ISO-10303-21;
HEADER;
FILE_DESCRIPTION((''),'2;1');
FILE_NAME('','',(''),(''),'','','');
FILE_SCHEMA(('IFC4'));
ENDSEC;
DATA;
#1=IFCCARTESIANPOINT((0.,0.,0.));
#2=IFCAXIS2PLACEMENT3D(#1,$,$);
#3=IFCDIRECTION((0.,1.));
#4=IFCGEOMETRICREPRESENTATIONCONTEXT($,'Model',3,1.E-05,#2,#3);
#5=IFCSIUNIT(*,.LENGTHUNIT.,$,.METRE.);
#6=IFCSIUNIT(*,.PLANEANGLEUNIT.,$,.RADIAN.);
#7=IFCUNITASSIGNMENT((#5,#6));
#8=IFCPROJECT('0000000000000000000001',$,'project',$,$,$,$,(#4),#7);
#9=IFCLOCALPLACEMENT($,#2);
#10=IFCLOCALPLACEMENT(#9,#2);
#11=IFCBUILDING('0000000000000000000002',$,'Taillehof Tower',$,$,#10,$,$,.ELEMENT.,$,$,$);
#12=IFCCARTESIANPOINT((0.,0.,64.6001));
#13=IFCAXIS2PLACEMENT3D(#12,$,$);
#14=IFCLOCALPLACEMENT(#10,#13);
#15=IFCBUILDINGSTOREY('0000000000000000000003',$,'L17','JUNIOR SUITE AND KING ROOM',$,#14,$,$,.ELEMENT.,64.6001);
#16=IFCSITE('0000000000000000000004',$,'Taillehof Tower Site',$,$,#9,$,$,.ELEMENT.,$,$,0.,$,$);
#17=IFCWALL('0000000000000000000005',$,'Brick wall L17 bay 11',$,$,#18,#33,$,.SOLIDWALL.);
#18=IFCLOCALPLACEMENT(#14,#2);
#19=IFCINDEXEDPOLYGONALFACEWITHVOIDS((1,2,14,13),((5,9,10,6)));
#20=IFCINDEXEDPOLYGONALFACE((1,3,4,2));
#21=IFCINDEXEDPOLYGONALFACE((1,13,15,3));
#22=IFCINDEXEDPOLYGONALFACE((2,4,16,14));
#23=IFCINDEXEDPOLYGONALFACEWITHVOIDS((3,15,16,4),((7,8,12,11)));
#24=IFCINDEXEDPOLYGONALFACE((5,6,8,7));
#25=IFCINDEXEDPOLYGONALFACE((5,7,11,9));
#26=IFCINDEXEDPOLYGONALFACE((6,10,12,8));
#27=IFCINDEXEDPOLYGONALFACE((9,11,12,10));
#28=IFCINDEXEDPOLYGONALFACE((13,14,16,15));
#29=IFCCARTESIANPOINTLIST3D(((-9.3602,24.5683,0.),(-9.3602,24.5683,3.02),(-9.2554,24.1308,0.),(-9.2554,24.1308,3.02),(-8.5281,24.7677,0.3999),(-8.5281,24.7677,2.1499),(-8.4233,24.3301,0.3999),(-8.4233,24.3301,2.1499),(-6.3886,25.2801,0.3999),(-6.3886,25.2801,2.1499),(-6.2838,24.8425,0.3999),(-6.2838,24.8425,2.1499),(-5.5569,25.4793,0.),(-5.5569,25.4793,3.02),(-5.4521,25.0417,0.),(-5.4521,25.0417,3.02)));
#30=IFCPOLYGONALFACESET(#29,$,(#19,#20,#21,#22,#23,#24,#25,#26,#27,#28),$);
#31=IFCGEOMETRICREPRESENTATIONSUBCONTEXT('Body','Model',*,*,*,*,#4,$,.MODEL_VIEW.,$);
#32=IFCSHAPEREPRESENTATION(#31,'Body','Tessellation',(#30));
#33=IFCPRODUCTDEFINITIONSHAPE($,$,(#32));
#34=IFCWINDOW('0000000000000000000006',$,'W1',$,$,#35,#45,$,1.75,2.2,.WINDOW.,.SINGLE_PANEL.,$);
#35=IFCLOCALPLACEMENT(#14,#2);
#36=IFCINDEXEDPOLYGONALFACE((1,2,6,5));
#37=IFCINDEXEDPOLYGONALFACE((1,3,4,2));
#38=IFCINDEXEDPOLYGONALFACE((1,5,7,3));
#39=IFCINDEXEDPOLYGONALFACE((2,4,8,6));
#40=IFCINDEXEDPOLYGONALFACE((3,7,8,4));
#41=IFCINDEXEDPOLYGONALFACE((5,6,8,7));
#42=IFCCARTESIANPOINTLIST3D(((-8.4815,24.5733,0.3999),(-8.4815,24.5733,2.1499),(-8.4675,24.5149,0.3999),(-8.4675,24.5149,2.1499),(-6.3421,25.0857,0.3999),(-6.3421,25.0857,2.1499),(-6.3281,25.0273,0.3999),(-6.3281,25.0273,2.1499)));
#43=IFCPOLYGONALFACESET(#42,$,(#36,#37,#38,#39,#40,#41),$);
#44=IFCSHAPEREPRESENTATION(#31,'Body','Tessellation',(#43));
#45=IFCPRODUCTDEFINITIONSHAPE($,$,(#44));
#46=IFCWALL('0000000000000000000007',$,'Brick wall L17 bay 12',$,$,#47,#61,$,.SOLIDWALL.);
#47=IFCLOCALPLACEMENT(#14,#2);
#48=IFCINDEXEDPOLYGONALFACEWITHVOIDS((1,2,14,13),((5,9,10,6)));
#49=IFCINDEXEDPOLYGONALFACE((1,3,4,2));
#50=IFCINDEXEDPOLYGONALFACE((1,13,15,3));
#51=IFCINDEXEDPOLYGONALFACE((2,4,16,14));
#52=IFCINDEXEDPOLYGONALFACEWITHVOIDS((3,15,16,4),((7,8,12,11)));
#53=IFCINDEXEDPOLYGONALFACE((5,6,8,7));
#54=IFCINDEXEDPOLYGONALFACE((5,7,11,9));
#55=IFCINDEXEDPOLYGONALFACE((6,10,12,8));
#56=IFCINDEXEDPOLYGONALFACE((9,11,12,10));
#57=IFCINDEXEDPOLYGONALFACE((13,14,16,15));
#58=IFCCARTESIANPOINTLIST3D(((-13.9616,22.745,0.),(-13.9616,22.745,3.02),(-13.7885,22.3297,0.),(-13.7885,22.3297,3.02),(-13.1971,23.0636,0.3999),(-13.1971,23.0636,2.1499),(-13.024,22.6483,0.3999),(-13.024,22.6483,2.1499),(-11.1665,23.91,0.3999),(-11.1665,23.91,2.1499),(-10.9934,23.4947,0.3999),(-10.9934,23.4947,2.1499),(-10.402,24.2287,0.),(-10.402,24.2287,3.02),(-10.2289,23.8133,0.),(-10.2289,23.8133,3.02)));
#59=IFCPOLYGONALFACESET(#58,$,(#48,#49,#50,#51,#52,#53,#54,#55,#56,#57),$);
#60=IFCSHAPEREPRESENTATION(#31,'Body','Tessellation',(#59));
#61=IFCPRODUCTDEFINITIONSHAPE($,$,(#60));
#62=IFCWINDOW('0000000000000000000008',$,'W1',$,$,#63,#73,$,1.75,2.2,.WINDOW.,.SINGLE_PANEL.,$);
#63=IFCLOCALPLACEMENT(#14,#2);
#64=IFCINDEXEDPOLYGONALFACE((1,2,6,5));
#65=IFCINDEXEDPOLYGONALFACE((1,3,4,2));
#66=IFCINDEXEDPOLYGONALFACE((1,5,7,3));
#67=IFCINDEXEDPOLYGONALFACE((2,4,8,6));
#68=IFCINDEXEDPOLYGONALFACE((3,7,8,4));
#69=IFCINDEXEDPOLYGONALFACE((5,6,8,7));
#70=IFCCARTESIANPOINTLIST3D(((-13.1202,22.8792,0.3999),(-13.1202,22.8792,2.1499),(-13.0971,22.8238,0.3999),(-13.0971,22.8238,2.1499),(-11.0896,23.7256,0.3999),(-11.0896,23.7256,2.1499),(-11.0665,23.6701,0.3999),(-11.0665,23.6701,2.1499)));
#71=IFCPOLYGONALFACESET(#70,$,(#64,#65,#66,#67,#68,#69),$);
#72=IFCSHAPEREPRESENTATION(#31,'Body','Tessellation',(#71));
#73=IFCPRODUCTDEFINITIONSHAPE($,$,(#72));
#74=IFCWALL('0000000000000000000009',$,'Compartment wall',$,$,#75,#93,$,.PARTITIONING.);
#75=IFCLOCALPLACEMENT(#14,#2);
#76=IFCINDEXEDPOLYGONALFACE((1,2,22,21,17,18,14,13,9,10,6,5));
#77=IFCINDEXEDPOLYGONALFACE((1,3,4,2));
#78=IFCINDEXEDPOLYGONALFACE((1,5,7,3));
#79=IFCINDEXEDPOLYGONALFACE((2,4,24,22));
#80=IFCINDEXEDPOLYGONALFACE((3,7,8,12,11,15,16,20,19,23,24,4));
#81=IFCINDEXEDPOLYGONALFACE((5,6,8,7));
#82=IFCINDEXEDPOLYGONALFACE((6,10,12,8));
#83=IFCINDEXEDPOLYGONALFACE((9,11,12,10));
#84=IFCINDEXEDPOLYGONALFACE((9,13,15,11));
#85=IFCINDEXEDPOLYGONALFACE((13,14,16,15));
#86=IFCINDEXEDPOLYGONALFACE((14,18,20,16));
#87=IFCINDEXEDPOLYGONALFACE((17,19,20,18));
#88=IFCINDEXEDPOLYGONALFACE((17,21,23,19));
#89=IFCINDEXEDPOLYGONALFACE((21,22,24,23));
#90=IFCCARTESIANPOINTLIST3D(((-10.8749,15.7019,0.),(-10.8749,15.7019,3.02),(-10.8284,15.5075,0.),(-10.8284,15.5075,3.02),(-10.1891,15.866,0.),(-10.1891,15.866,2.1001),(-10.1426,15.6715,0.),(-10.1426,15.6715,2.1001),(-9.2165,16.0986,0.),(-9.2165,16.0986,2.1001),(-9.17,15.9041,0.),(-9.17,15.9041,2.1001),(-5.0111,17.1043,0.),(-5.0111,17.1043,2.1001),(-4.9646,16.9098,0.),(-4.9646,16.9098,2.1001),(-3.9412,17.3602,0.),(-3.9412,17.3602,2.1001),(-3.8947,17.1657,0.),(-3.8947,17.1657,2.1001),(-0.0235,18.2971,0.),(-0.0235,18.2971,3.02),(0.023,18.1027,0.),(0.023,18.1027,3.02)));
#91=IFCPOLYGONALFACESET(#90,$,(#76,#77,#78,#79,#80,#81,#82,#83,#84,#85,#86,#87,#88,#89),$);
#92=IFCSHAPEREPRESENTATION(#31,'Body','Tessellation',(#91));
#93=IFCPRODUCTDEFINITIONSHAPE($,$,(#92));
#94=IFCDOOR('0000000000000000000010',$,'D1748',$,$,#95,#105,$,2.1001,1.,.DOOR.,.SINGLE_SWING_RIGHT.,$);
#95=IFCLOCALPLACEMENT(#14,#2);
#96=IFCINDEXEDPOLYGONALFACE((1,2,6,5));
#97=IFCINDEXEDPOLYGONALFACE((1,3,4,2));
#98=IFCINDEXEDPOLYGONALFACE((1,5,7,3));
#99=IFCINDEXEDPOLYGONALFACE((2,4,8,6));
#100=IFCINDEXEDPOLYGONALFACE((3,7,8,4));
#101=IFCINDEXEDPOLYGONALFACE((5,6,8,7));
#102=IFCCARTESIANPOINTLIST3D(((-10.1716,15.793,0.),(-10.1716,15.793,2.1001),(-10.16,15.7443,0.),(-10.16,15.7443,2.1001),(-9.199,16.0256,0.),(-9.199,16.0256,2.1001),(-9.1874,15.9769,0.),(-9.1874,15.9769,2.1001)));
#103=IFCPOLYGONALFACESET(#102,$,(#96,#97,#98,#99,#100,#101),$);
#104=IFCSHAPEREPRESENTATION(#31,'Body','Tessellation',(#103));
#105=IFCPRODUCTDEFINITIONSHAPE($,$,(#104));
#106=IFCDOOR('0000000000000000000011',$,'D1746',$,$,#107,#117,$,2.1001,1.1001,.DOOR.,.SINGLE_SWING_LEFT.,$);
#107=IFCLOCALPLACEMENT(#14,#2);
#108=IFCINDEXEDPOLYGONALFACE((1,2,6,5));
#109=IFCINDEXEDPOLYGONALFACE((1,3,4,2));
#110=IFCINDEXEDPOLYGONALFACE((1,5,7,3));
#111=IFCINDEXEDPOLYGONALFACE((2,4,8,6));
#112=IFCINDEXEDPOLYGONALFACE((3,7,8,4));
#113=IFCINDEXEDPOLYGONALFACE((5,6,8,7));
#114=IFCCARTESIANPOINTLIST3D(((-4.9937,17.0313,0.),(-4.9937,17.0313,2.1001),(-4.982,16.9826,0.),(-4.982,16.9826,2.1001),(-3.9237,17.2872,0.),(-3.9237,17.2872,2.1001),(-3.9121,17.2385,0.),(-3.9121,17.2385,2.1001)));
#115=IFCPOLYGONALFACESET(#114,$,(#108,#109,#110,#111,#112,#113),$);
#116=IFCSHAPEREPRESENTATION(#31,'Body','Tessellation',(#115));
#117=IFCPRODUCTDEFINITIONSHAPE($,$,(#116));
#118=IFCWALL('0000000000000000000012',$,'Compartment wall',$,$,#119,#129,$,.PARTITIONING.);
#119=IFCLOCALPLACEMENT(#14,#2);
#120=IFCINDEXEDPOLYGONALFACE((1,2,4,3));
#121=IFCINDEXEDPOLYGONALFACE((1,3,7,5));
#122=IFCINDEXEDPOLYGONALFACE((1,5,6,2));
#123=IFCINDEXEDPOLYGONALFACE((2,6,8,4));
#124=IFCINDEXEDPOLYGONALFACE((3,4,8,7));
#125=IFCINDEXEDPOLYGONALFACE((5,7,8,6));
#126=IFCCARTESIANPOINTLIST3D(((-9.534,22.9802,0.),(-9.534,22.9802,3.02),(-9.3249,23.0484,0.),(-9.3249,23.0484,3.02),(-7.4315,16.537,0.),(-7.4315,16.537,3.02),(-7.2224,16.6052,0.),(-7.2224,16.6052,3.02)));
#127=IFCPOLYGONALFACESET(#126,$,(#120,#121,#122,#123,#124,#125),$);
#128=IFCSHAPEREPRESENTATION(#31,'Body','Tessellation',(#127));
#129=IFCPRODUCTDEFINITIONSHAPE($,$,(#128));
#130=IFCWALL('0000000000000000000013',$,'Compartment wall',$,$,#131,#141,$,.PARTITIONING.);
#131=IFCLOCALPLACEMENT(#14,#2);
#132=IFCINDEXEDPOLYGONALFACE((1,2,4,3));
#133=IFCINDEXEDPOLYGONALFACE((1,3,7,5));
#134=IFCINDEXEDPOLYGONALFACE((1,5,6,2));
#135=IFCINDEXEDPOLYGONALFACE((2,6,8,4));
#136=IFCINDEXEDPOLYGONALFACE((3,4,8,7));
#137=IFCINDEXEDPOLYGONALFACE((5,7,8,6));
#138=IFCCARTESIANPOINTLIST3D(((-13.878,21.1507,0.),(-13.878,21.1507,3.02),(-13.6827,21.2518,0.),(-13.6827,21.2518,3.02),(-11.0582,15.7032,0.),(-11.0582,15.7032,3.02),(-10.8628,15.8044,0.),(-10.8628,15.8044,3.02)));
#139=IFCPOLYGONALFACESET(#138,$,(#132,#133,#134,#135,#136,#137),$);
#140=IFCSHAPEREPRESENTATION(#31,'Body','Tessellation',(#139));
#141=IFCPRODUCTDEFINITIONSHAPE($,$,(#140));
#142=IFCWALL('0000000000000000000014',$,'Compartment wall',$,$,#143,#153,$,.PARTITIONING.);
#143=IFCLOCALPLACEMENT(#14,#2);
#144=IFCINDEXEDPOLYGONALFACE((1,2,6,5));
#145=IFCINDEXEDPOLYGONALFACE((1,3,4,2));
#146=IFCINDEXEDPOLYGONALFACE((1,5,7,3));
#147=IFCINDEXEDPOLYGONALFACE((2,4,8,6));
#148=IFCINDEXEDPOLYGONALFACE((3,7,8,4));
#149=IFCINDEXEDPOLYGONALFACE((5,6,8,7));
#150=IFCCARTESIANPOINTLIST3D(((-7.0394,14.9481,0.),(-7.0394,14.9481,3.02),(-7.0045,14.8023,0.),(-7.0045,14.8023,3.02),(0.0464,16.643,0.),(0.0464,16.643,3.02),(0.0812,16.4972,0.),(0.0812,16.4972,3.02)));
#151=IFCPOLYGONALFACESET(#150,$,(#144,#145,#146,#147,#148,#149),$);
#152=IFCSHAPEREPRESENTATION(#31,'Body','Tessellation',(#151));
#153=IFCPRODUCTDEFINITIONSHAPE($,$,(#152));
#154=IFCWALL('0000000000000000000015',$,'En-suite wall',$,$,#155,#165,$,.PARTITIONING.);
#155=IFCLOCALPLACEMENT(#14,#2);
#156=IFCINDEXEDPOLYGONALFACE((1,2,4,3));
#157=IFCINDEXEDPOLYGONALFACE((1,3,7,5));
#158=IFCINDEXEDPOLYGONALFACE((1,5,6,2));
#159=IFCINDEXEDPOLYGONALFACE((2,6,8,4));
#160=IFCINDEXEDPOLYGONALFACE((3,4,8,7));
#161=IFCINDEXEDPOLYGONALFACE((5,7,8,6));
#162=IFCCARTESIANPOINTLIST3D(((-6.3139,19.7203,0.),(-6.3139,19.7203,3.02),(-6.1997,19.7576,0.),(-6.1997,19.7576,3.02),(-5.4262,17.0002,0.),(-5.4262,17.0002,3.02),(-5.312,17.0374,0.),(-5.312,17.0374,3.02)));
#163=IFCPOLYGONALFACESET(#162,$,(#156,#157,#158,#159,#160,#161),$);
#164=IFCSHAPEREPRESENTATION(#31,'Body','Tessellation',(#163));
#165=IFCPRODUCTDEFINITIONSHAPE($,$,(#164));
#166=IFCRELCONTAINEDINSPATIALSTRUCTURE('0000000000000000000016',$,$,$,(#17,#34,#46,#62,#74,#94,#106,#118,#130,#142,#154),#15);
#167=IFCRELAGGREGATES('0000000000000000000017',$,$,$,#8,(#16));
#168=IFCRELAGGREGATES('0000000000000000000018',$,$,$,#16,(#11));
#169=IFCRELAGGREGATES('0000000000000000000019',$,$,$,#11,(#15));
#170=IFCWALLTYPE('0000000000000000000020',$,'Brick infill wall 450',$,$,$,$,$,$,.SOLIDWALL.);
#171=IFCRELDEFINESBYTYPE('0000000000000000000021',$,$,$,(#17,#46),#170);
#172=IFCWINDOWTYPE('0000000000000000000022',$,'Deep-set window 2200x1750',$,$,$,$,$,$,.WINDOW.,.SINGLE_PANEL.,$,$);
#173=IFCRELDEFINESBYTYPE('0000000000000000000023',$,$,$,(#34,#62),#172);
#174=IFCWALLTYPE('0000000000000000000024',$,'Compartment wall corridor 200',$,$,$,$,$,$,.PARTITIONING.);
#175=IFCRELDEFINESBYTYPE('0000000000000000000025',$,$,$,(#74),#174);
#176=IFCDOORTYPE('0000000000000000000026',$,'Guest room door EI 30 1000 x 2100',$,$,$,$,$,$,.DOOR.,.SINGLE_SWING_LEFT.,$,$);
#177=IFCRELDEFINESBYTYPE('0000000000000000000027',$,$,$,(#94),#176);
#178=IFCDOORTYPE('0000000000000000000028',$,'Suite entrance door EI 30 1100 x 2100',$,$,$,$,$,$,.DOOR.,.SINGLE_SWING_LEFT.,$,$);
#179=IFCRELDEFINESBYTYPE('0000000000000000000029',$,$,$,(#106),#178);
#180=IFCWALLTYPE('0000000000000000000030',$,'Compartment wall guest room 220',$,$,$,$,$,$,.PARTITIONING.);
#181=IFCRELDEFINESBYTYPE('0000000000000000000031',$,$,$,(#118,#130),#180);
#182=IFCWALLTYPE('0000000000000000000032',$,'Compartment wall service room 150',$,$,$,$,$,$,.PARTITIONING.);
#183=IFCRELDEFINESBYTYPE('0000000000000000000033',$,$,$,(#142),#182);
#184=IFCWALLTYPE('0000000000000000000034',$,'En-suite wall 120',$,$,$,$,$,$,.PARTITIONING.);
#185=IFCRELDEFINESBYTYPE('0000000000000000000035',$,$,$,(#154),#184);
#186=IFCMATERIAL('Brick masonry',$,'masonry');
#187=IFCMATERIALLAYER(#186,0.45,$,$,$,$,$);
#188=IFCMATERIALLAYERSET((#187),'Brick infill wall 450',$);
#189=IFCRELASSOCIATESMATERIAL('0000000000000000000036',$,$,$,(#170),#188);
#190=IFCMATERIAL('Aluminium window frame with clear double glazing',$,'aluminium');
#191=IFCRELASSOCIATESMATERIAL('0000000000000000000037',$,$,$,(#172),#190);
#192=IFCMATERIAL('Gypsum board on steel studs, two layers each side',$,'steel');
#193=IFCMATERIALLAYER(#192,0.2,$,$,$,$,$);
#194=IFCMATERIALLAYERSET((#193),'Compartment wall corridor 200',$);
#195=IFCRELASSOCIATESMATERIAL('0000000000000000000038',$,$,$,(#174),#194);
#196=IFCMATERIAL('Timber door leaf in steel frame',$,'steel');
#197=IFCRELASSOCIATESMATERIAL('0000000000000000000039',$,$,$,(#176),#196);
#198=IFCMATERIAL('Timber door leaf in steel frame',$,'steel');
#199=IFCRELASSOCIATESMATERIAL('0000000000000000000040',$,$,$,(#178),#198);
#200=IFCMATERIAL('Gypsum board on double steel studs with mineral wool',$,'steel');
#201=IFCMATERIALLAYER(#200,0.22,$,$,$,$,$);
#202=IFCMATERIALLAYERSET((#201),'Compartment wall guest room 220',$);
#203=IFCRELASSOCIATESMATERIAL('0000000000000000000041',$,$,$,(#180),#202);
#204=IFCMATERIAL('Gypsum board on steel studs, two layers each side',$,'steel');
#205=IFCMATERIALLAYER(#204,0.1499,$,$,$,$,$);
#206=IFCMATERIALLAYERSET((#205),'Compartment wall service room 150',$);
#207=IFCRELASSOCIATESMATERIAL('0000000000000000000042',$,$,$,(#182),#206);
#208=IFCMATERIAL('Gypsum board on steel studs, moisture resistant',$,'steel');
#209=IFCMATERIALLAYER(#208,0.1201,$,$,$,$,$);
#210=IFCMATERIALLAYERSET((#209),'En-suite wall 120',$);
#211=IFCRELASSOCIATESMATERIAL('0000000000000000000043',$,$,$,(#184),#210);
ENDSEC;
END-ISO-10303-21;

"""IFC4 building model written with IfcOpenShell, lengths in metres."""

from ifc_helpers import new_model, si_unit, direction, frame, frame_2d, origin, place, context, subcontext, project, spatial, rectangle, extrude, material, layer, layer_set, type_object, element, fill, save


model = new_model("IFC4")

# Units and contexts
model_context = context("Model", 3, precision=1e-05, world=origin(), true_north=direction((0.0, 1.0)))
body_context = subcontext(model_context, "Body", "Model", "MODEL_VIEW")
ifc_project = project(units=[si_unit("LENGTHUNIT", "METRE"), si_unit("PLANEANGLEUNIT", "RADIAN")], contexts=[model_context])

# Site, building, storey
site_placement = place(None, origin())
site = spatial("IfcSite", under=ifc_project, at=site_placement, Name="Taillehof Tower Site", CompositionType="ELEMENT", RefElevation=0.0)
building_placement = place(site_placement, origin())
building = spatial("IfcBuilding", under=site, at=building_placement, Name="Taillehof Tower", CompositionType="ELEMENT")
storey_placement = place(building_placement, frame((0.0, 0.0, 64.6001)))
storey = spatial("IfcBuildingStorey", under=building, at=storey_placement, Name="L17", Description="JUNIOR SUITE AND KING ROOM", CompositionType="ELEMENT", Elevation=64.6001)

# Walls, openings, windows
ifc_material_1 = material(Name="Brick masonry", Category="masonry")
ifc_layer_1 = layer(ifc_material_1, 0.45)
ifc_layer_set_1 = layer_set([ifc_layer_1], Name="Brick infill wall 450")
wall_type_1 = type_object("IfcWallType", Name="Brick infill wall 450", PredefinedType="SOLIDWALL", material=ifc_layer_set_1)
ifc_material_2 = material(Name="Aluminium window frame with clear double glazing", Category="aluminium")
window_type = type_object("IfcWindowType", Name="Deep-set window 2200x1750", PartitioningType="SINGLE_PANEL", PredefinedType="WINDOW", material=ifc_material_2)
wall_1_placement = place(storey_placement, frame((-5.5044, 25.2605, 0.0), z_axis=(0.0, 0.0, 1.0), x_axis=(-0.972497, -0.232917, 0.0)))
wall_1 = element("IfcWall", 1, at=wall_1_placement, inside=storey, type_object=wall_type_1, Name="Brick wall L17 bay 11", PredefinedType="SOLIDWALL", context=body_context, shape_type="SweptSolid", body=[
    extrude(rectangle(XDim=3.9109, YDim=0.45, at=frame_2d((1.9556, 0.0))), origin(), (0.0, 0.0, 1.0), 3.02),
])
opening_1_placement = place(wall_1_placement, frame((0.8552, 0.0, 0.3999)))
opening_1 = element("IfcOpeningElement", 2, at=opening_1_placement, cuts=wall_1, PredefinedType="OPENING", context=body_context, shape_type="SweptSolid", body=[
    extrude(rectangle(XDim=2.2, YDim=1.75, at=frame_2d((1.1001, 0.875))), frame((0.0, 0.2349, 0.0), z_axis=(0.0, -1.0, 0.0), x_axis=(1.0, 0.0, 0.0)), (0.0, 0.0, 1.0), 0.47),
])
window_1_placement = place(opening_1_placement, origin())
window_1 = element("IfcWindow", 3, at=window_1_placement, inside=storey, type_object=window_type, Name="W1", OverallHeight=1.75, OverallWidth=2.2, PartitioningType="SINGLE_PANEL", PredefinedType="WINDOW", context=body_context, shape_type="SweptSolid", body=[
    extrude(rectangle(XDim=2.2, YDim=1.75, at=frame_2d((1.1001, 0.875))), frame((0.0, 0.0349, 0.0), z_axis=(0.0, -1.0, 0.0), x_axis=(1.0, 0.0, 0.0)), (0.0, 0.0, 1.0), 0.0601),
])
fill(opening_1, window_1)
wall_2_placement = place(storey_placement, frame((-10.3154, 24.021, 0.0), z_axis=(0.0, 0.0, 1.0), x_axis=(-0.923032, -0.384723, 0.0)))
wall_2 = element("IfcWall", 4, at=wall_2_placement, inside=storey, type_object=wall_type_1, Name="Brick wall L17 bay 12", PredefinedType="SOLIDWALL", context=body_context, shape_type="SweptSolid", body=[
    extrude(rectangle(XDim=3.8564, YDim=0.45, at=frame_2d((1.9282, 0.0))), origin(), (0.0, 0.0, 1.0), 3.02),
])
opening_2_placement = place(wall_2_placement, frame((0.8281, 0.0, 0.3999)))
opening_2 = element("IfcOpeningElement", 5, at=opening_2_placement, cuts=wall_2, PredefinedType="OPENING", context=body_context, shape_type="SweptSolid", body=[
    extrude(rectangle(XDim=2.2, YDim=1.75, at=frame_2d((1.1001, 0.875))), frame((0.0, 0.2349, 0.0), z_axis=(0.0, -1.0, 0.0), x_axis=(1.0, 0.0, 0.0)), (0.0, 0.0, 1.0), 0.47),
])
window_2_placement = place(opening_2_placement, origin())
window_2 = element("IfcWindow", 6, at=window_2_placement, inside=storey, type_object=window_type, Name="W1", OverallHeight=1.75, OverallWidth=2.2, PartitioningType="SINGLE_PANEL", PredefinedType="WINDOW", context=body_context, shape_type="SweptSolid", body=[
    extrude(rectangle(XDim=2.2, YDim=1.75, at=frame_2d((1.1001, 0.875))), frame((0.0, 0.0349, 0.0), z_axis=(0.0, -1.0, 0.0), x_axis=(1.0, 0.0, 0.0)), (0.0, 0.0, 1.0), 0.0601),
])
fill(opening_2, window_2)

# Wall, openings, doors
ifc_material_3 = material(Name="Gypsum board on steel studs, two layers each side", Category="steel")
ifc_layer_2 = layer(ifc_material_3, 0.2)
ifc_layer_set_2 = layer_set([ifc_layer_2], Name="Compartment wall corridor 200")
wall_type_2 = type_object("IfcWallType", Name="Compartment wall corridor 200", PredefinedType="PARTITIONING", material=ifc_layer_set_2)
wall_3_placement = place(storey_placement, frame((-10.8516, 15.6047, 0.0), z_axis=(0.0, 0.0, 1.0), x_axis=(0.972573, 0.232597, 0.0)))
wall_3 = element("IfcWall", 7, at=wall_3_placement, inside=storey, type_object=wall_type_2, Name="Compartment wall", PredefinedType="PARTITIONING", context=body_context, shape_type="SweptSolid", body=[
    extrude(rectangle(XDim=11.1575, YDim=0.2, at=frame_2d((5.5786, 0.0))), origin(), (0.0, 0.0, 1.0), 3.02),
])
opening_3_placement = place(wall_3_placement, frame((6.0291, 0.0, 0.0)))
opening_3 = element("IfcOpeningElement", 8, at=opening_3_placement, cuts=wall_3, PredefinedType="OPENING", context=body_context, shape_type="SweptSolid", body=[
    extrude(rectangle(XDim=1.1001, YDim=2.1001, at=frame_2d((0.55, 1.05))), frame((0.0, 0.1099, 0.0), z_axis=(0.0, -1.0, 0.0), x_axis=(1.0, 0.0, 0.0)), (0.0, 0.0, 1.0), 0.22),
])
opening_4_placement = place(wall_3_placement, frame((0.7051, 0.0, 0.0)))
opening_4 = element("IfcOpeningElement", 9, at=opening_4_placement, cuts=wall_3, PredefinedType="OPENING", context=body_context, shape_type="SweptSolid", body=[
    extrude(rectangle(XDim=1.0, YDim=2.1001, at=frame_2d((0.5, 1.05))), frame((0.0, 0.1099, 0.0), z_axis=(0.0, -1.0, 0.0), x_axis=(1.0, 0.0, 0.0)), (0.0, 0.0, 1.0), 0.22),
])
ifc_material_4 = material(Name="Timber door leaf in steel frame", Category="steel")
door_type_1 = type_object("IfcDoorType", Name="Guest room door EI 30 1000 x 2100", OperationType="SINGLE_SWING_LEFT", PredefinedType="DOOR", material=ifc_material_4)
door_1_placement = place(opening_4_placement, origin())
door_1 = element("IfcDoor", 10, at=door_1_placement, inside=storey, type_object=door_type_1, Name="D1748", OperationType="SINGLE_SWING_RIGHT", OverallHeight=2.1001, OverallWidth=1.0, PredefinedType="DOOR", context=body_context, shape_type="SweptSolid", body=[
    extrude(rectangle(XDim=1.0, YDim=2.1001, at=frame_2d((0.5, 1.05))), frame((0.0, 0.0249, 0.0), z_axis=(0.0, -1.0, 0.0), x_axis=(1.0, 0.0, 0.0)), (0.0, 0.0, 1.0), 0.05),
])
fill(opening_4, door_1)
ifc_material_5 = material(Name="Timber door leaf in steel frame", Category="steel")
door_type_2 = type_object("IfcDoorType", Name="Suite entrance door EI 30 1100 x 2100", OperationType="SINGLE_SWING_LEFT", PredefinedType="DOOR", material=ifc_material_5)
door_2_placement = place(opening_3_placement, origin())
door_2 = element("IfcDoor", 11, at=door_2_placement, inside=storey, type_object=door_type_2, Name="D1746", OperationType="SINGLE_SWING_LEFT", OverallHeight=2.1001, OverallWidth=1.1001, PredefinedType="DOOR", context=body_context, shape_type="SweptSolid", body=[
    extrude(rectangle(XDim=1.1001, YDim=2.1001, at=frame_2d((0.55, 1.05))), frame((0.0, 0.0249, 0.0), z_axis=(0.0, -1.0, 0.0), x_axis=(1.0, 0.0, 0.0)), (0.0, 0.0, 1.0), 0.05),
])
fill(opening_3, door_2)

# Walls
ifc_material_6 = material(Name="Gypsum board on double steel studs with mineral wool", Category="steel")
ifc_layer_3 = layer(ifc_material_6, 0.22)
ifc_layer_set_3 = layer_set([ifc_layer_3], Name="Compartment wall guest room 220")
wall_type_3 = type_object("IfcWallType", Name="Compartment wall guest room 220", PredefinedType="PARTITIONING", material=ifc_layer_set_3)
wall_4_placement = place(storey_placement, frame((-9.4294, 23.0142, 0.0), z_axis=(0.0, 0.0, 1.0), x_axis=(0.310224, -0.950664, 0.0)))
element("IfcWall", 12, at=wall_4_placement, inside=storey, type_object=wall_type_3, Name="Compartment wall", PredefinedType="PARTITIONING", context=body_context, shape_type="SweptSolid", body=[
    extrude(rectangle(XDim=6.7776, YDim=0.22, at=frame_2d((3.3887, 0.0))), origin(), (0.0, 0.0, 1.0), 3.02),
])
wall_5_placement = place(storey_placement, frame((-13.7803, 21.2012, 0.0), z_axis=(0.0, 0.0, 1.0), x_axis=(0.459699, -0.888075, 0.0)))
element("IfcWall", 13, at=wall_5_placement, inside=storey, type_object=wall_type_3, Name="Compartment wall", PredefinedType="PARTITIONING", context=body_context, shape_type="SweptSolid", body=[
    extrude(rectangle(XDim=6.134, YDim=0.22, at=frame_2d((3.0669, 0.0))), origin(), (0.0, 0.0, 1.0), 3.02),
])
ifc_material_7 = material(Name="Gypsum board on steel studs, two layers each side", Category="steel")
ifc_layer_4 = layer(ifc_material_7, 0.1499)
ifc_layer_set_4 = layer_set([ifc_layer_4], Name="Compartment wall service room 150")
wall_type_4 = type_object("IfcWallType", Name="Compartment wall service room 150", PredefinedType="PARTITIONING", material=ifc_layer_set_4)
wall_6_placement = place(storey_placement, frame((-7.022, 14.8752, 0.0), z_axis=(0.0, 0.0, 1.0), x_axis=(0.972566, 0.232628, 0.0)))
element("IfcWall", 14, at=wall_6_placement, inside=storey, type_object=wall_type_4, Name="Compartment wall", PredefinedType="PARTITIONING", context=body_context, shape_type="SweptSolid", body=[
    extrude(rectangle(XDim=7.2856, YDim=0.1499, at=frame_2d((3.6428, 0.0))), origin(), (0.0, 0.0, 1.0), 3.02),
])
ifc_material_8 = material(Name="Gypsum board on steel studs, moisture resistant", Category="steel")
ifc_layer_5 = layer(ifc_material_8, 0.1201)
ifc_layer_set_5 = layer_set([ifc_layer_5], Name="En-suite wall 120")
wall_type_5 = type_object("IfcWallType", Name="En-suite wall 120", PredefinedType="PARTITIONING", material=ifc_layer_set_5)
wall_7_placement = place(storey_placement, frame((-5.3691, 17.0188, 0.0), z_axis=(0.0, 0.0, 1.0), x_axis=(-0.310232, 0.950661, 0.0)))
element("IfcWall", 15, at=wall_7_placement, inside=storey, type_object=wall_type_5, Name="En-suite wall", PredefinedType="PARTITIONING", context=body_context, shape_type="SweptSolid", body=[
    extrude(rectangle(XDim=2.8613, YDim=0.1201, at=frame_2d((1.4307, 0.0))), origin(), (0.0, 0.0, 1.0), 3.02),
])

save(model, "model.ifc")
